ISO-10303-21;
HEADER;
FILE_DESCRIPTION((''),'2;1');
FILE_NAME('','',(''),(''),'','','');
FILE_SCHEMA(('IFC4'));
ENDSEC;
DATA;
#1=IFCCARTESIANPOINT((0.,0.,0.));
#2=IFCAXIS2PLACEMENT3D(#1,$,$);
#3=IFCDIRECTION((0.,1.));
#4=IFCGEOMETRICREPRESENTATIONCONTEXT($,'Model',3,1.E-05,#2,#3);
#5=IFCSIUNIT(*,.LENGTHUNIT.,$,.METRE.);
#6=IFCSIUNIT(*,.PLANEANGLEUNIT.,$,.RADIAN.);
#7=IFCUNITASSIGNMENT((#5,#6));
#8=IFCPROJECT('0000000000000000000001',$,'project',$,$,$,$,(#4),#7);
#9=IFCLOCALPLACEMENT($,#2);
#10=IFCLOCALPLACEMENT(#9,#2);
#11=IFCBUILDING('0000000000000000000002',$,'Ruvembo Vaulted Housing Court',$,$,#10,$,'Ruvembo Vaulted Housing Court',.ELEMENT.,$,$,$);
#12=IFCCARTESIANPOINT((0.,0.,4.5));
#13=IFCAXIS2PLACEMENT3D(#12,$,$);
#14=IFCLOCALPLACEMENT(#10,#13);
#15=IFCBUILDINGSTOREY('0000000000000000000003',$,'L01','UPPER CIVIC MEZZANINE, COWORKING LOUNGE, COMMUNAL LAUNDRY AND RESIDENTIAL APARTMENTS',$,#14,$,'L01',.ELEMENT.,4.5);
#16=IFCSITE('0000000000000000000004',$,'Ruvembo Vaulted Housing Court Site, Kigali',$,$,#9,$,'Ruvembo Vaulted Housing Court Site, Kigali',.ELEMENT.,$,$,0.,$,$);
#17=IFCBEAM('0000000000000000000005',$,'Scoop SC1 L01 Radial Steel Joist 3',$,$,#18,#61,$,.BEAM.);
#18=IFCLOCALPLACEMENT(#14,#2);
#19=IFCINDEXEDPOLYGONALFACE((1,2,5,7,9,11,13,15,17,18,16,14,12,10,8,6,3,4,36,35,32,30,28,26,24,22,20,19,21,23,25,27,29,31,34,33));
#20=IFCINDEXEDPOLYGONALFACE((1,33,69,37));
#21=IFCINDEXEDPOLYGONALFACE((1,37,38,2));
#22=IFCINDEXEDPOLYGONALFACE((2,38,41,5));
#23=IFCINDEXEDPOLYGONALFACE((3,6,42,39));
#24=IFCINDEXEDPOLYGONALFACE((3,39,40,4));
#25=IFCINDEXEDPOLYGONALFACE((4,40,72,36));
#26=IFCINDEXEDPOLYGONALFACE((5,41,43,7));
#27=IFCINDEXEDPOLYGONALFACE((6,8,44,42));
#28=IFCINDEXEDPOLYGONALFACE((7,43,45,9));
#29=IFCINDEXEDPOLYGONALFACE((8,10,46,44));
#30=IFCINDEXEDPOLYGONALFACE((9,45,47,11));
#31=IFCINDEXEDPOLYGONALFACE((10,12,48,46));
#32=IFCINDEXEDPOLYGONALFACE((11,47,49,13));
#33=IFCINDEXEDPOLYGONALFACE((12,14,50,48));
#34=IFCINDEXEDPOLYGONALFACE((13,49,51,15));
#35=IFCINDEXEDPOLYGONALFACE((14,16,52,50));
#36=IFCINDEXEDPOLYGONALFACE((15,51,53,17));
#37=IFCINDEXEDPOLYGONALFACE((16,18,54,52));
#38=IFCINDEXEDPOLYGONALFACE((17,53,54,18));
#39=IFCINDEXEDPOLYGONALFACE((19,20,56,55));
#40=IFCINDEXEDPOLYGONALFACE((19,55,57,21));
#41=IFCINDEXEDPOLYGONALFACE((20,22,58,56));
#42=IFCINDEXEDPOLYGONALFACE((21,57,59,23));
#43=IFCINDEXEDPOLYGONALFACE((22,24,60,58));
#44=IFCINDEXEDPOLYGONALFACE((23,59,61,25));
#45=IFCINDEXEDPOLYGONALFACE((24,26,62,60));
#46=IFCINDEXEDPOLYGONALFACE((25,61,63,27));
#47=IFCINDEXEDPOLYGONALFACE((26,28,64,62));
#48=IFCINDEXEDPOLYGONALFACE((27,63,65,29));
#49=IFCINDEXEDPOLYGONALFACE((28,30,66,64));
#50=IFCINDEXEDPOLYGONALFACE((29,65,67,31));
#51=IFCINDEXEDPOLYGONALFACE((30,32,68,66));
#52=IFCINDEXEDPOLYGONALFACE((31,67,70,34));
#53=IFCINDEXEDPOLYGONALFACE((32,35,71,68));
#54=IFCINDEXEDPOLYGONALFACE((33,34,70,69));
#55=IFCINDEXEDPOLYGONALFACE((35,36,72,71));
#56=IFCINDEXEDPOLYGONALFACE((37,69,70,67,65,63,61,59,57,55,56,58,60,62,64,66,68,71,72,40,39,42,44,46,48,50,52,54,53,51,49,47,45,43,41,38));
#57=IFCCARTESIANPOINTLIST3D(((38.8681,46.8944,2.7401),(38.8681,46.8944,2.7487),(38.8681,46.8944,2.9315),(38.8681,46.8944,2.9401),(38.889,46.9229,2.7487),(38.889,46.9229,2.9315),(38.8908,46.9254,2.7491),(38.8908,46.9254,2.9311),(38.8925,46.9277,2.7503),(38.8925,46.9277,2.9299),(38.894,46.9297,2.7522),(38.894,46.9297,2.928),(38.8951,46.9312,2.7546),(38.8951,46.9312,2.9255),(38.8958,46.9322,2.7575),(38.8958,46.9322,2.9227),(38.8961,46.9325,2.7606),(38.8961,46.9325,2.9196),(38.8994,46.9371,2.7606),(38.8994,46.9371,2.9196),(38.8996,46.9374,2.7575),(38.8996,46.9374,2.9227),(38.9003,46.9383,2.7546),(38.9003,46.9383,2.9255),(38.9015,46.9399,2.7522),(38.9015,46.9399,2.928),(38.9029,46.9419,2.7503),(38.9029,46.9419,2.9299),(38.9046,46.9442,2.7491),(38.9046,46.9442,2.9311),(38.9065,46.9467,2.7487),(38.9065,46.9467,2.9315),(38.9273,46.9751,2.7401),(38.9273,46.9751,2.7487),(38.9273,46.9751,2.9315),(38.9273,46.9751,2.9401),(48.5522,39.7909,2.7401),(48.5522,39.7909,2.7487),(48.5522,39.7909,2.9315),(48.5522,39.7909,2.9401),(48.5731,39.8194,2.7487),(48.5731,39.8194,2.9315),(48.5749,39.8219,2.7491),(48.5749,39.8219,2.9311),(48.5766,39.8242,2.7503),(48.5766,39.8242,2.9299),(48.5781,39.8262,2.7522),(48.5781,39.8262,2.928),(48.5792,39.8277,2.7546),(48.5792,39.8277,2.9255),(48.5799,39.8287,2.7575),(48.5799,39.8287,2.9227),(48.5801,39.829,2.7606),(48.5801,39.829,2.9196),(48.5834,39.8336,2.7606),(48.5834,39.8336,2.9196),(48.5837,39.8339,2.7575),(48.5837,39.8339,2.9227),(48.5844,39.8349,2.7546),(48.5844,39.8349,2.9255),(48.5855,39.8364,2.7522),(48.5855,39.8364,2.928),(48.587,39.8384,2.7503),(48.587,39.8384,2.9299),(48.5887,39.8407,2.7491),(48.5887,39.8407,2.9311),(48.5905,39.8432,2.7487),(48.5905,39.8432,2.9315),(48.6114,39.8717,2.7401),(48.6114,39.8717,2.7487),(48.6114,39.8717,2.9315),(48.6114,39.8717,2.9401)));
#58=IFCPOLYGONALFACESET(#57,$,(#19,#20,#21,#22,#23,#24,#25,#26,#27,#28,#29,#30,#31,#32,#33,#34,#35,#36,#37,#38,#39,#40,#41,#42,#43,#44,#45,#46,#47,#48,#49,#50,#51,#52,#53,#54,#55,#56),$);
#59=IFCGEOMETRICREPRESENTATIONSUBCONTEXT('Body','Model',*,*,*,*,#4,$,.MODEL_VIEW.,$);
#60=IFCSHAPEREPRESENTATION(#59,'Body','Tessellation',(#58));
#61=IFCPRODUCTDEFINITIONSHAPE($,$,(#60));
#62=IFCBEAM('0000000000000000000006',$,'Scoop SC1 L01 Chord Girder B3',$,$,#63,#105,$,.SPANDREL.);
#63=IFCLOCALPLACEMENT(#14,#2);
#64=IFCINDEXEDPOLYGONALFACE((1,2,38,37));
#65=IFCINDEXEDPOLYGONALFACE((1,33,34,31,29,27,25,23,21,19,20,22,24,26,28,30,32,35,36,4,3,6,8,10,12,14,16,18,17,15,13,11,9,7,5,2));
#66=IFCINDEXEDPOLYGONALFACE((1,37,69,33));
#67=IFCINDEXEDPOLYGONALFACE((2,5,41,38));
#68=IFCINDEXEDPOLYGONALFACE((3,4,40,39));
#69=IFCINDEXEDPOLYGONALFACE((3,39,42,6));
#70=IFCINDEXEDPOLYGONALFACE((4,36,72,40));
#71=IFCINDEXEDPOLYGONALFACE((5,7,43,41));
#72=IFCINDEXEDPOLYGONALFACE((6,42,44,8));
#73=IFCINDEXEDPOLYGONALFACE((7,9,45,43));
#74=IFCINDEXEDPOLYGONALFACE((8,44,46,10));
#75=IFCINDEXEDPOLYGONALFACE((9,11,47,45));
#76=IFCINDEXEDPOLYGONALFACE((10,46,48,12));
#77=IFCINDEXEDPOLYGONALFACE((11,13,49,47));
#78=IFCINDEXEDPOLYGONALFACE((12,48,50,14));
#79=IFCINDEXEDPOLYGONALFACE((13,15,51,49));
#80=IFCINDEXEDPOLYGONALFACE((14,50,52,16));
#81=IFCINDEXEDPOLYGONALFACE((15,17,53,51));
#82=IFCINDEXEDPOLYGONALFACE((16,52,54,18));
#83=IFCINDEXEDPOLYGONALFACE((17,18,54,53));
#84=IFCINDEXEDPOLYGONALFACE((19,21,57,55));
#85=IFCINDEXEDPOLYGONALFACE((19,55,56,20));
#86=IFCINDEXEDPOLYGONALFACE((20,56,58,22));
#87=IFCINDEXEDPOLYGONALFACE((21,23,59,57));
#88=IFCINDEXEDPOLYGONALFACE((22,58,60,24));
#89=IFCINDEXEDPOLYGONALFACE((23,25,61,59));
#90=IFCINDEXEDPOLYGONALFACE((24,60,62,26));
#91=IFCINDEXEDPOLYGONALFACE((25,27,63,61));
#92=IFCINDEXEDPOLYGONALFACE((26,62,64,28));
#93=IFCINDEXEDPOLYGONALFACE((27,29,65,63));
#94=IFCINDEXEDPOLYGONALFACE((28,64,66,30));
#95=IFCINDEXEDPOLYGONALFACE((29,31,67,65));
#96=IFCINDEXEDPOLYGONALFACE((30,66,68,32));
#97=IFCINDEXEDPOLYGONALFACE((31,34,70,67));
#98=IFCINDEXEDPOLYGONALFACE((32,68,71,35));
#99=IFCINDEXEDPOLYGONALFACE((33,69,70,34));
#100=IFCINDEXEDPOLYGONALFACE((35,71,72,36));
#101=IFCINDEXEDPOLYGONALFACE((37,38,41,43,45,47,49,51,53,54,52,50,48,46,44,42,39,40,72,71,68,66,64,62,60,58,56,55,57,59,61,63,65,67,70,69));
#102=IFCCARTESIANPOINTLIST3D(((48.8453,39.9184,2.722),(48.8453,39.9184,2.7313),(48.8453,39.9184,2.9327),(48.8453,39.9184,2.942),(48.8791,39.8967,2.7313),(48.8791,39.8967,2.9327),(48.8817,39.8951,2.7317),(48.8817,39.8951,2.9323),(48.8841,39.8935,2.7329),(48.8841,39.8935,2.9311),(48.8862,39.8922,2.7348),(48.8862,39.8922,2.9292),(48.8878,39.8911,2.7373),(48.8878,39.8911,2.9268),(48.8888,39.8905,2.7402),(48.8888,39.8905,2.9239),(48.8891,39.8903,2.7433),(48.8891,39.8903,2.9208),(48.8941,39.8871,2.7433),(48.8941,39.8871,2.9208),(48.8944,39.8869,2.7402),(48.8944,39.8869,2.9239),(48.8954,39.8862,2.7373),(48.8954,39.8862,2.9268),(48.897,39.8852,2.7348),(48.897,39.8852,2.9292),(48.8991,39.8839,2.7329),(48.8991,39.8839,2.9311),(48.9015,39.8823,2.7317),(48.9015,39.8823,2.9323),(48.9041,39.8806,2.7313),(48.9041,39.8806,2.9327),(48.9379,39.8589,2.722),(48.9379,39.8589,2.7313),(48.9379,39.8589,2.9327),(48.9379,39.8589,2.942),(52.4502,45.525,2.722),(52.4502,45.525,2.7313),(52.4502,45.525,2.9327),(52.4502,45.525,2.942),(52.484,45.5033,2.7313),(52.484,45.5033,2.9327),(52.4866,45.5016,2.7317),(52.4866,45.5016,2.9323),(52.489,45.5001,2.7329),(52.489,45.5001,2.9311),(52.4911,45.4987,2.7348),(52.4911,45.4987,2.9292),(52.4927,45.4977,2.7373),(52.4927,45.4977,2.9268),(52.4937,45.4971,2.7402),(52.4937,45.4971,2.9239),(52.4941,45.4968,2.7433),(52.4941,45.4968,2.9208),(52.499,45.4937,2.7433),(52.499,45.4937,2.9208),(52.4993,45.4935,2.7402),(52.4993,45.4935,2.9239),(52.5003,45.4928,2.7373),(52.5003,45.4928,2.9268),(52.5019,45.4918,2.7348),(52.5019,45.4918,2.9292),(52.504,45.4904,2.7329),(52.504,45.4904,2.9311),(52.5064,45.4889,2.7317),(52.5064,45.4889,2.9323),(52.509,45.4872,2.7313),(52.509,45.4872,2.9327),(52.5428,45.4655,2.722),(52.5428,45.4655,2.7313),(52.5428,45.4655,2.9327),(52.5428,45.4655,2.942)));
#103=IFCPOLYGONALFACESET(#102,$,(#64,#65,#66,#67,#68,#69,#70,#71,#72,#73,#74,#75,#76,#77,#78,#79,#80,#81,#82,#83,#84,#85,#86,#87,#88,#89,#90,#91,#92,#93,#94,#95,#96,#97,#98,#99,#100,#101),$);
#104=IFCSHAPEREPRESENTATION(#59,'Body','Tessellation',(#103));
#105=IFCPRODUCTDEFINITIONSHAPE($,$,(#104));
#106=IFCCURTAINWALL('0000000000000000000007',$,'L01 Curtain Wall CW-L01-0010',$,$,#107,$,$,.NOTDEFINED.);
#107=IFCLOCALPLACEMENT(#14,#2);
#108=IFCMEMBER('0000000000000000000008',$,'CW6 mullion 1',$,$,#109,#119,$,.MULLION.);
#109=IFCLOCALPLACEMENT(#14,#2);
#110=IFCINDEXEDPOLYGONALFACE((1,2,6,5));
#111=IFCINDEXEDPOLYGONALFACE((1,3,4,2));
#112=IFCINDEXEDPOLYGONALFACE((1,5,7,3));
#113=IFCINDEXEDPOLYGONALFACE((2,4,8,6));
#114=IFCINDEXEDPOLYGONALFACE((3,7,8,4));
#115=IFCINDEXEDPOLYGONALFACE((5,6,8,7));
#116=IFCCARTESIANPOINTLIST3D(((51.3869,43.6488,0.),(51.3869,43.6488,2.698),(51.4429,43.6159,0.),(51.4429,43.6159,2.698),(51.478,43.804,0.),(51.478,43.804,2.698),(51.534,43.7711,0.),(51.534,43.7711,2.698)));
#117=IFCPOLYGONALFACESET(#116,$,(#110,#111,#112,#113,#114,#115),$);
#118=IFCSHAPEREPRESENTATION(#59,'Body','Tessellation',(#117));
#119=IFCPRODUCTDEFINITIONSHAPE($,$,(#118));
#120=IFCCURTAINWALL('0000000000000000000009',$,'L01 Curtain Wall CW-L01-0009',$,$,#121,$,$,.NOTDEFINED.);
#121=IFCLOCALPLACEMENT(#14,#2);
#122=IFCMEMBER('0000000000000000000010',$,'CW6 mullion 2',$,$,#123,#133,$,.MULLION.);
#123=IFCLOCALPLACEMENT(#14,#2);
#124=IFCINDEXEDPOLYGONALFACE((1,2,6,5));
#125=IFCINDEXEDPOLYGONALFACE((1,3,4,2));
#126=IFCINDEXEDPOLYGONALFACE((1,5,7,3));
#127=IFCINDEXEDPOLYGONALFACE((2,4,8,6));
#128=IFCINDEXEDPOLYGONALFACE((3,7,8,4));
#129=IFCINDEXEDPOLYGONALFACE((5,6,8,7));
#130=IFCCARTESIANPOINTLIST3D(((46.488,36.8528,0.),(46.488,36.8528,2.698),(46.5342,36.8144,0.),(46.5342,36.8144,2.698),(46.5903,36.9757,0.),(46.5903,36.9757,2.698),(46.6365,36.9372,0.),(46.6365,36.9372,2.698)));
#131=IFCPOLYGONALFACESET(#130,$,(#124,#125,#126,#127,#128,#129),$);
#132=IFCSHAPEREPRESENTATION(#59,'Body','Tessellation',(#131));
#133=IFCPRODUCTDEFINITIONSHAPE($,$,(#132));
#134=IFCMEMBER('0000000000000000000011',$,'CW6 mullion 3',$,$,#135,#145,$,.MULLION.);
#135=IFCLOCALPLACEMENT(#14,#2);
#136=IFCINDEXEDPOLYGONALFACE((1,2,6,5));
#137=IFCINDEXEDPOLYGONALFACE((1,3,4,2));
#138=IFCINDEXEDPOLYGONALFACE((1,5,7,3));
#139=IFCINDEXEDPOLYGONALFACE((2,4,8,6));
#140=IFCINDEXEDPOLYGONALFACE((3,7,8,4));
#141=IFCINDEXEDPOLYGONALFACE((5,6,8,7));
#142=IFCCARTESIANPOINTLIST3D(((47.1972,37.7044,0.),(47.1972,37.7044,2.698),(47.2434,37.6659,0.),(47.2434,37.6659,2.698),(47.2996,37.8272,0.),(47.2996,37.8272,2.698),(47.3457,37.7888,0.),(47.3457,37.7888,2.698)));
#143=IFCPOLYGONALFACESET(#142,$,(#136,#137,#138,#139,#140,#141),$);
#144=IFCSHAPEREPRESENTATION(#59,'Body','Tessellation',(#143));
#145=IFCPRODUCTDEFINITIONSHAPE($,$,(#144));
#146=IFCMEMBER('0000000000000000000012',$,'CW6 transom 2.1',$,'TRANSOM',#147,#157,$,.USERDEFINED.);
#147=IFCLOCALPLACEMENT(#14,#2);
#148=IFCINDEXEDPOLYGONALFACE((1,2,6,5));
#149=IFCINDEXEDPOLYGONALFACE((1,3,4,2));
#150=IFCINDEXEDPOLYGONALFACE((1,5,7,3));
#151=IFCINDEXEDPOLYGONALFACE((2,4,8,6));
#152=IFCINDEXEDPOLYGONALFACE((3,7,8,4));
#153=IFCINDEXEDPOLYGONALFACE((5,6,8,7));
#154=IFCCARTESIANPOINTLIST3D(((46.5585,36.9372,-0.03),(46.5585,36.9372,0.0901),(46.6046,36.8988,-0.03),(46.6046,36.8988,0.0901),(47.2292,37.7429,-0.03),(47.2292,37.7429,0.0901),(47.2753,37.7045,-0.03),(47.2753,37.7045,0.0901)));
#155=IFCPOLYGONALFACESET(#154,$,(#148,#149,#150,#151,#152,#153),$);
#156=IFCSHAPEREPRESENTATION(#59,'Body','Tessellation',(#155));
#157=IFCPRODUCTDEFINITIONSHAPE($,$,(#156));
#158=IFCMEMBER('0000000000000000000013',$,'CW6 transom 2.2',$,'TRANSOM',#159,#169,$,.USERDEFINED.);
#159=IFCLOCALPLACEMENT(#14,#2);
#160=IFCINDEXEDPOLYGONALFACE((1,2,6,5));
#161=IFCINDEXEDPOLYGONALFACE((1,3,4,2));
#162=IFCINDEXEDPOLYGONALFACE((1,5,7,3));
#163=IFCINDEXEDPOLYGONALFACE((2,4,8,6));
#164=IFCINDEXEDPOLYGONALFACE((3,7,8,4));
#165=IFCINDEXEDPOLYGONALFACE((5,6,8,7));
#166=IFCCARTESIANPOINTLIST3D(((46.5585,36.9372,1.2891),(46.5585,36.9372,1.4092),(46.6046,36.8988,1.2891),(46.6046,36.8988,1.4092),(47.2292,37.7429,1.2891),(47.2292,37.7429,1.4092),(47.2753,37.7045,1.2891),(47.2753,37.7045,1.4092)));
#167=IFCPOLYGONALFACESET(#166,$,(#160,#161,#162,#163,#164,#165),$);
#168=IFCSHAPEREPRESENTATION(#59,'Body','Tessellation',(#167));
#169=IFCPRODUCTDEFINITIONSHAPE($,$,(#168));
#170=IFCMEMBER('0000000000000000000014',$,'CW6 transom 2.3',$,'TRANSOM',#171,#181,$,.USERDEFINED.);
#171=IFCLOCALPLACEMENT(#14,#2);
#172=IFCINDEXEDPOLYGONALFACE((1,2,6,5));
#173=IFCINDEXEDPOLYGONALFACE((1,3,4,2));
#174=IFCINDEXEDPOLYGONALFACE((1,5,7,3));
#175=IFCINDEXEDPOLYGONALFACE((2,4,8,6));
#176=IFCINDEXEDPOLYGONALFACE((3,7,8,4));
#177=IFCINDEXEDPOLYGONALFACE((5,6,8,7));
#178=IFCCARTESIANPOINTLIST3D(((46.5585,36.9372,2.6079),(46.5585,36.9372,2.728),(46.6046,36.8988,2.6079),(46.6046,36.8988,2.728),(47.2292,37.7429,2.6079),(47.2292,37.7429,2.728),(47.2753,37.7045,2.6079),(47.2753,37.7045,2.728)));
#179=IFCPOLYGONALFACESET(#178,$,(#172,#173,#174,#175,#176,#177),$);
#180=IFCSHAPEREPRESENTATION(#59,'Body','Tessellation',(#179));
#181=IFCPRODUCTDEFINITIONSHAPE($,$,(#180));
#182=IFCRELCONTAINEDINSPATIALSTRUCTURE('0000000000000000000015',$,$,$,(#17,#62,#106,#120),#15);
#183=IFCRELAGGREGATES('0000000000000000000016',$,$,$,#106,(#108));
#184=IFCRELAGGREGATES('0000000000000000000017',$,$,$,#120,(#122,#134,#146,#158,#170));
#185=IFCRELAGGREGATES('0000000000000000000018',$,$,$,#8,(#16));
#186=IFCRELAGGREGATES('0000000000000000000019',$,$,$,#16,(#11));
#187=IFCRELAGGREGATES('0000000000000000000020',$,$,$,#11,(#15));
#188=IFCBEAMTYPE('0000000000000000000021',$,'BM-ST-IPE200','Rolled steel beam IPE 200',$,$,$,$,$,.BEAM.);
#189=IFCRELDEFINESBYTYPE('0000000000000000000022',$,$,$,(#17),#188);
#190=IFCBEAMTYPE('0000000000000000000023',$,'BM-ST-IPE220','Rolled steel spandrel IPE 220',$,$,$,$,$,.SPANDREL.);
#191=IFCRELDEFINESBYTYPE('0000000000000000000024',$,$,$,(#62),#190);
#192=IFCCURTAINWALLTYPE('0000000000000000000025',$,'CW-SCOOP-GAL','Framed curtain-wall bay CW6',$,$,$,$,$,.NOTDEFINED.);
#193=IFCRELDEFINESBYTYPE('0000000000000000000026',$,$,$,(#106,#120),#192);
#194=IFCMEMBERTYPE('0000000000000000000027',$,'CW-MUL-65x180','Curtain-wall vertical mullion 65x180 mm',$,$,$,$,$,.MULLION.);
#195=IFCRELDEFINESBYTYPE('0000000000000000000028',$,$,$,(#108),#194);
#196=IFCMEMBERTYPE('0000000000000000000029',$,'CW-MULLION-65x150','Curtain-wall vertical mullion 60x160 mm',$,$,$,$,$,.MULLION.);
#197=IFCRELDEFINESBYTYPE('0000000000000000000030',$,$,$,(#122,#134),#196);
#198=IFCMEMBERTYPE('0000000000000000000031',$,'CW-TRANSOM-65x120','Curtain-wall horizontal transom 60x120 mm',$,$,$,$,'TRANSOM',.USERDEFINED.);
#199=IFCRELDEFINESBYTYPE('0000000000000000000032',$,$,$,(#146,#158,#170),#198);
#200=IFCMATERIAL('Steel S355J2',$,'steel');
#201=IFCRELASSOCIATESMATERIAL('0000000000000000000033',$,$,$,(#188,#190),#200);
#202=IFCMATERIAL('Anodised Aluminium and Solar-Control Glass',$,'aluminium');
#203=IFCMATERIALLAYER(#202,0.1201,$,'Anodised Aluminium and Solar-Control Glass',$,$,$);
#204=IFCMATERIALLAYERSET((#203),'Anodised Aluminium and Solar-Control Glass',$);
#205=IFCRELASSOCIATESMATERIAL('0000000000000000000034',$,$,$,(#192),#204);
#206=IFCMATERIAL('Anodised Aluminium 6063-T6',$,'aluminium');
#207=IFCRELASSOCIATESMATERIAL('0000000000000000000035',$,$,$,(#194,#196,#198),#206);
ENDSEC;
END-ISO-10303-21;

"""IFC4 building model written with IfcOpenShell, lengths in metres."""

from ifc_helpers import new_model, si_unit, direction, frame, origin, origin_2d, place, context, subcontext, project, spatial, rectangle, i_section, extrude, material, layer, layer_set, material_profile, profile_set, type_object, element, aggregate, save


model = new_model("IFC4")

# Units and contexts
model_context = context("Model", 3, precision=1e-05, world=origin(), true_north=direction((0.0, 1.0)))
body_context = subcontext(model_context, "Body", "Model", "MODEL_VIEW")
ifc_project = project(units=[si_unit("LENGTHUNIT", "METRE"), si_unit("PLANEANGLEUNIT", "RADIAN")], contexts=[model_context])

# Site, building, storey
site_placement = place(None, origin())
site = spatial("IfcSite", under=ifc_project, at=site_placement, Name="Ruvembo Vaulted Housing Court Site, Kigali", LongName="Ruvembo Vaulted Housing Court Site, Kigali", CompositionType="ELEMENT", RefElevation=0.0)
building_placement = place(site_placement, origin())
building = spatial("IfcBuilding", under=site, at=building_placement, Name="Ruvembo Vaulted Housing Court", LongName="Ruvembo Vaulted Housing Court", CompositionType="ELEMENT")
storey_placement = place(building_placement, frame((0.0, 0.0, 4.5)))
storey = spatial("IfcBuildingStorey", under=building, at=storey_placement, Name="L01", Description="UPPER CIVIC MEZZANINE, COWORKING LOUNGE, COMMUNAL LAUNDRY AND RESIDENTIAL APARTMENTS", LongName="L01", CompositionType="ELEMENT", Elevation=4.5)

# Beams
ifc_material_1 = material(Name="Steel S355J2", Category="steel")
ifc_material_profile_1 = material_profile(ifc_material_1, i_section(OverallWidth=0.1001, OverallDepth=0.2, WebThickness=0.0056, FlangeThickness=0.0085, FilletRadius=0.012, at=origin_2d()), Name="IPE 200")
ifc_profile_set_1 = profile_set([ifc_material_profile_1], Name="Steel S355J2")
beam_type_1 = type_object("IfcBeamType", Name="BM-ST-IPE200", Description="Rolled steel beam IPE 200", PredefinedType="BEAM", material=ifc_profile_set_1)
beam_1_placement = place(storey_placement, frame((48.5818, 39.8313, 2.8401), z_axis=(-0.806331, 0.591464, 0.0), x_axis=(-0.591464, -0.806331, 0.0)))
element("IfcBeam", 1, at=beam_1_placement, inside=storey, type_object=beam_type_1, Name="Scoop SC1 L01 Radial Steel Joist 3", PredefinedType="BEAM", context=body_context, shape_type="SweptSolid", body=[
    extrude(i_section(OverallWidth=0.1001, OverallDepth=0.2, WebThickness=0.0056, FlangeThickness=0.0085, FilletRadius=0.012, at=origin_2d()), origin(), (0.0, 0.0, 1.0), 12.01),
])
ifc_material_profile_2 = material_profile(ifc_material_1, i_section(OverallWidth=0.1101, OverallDepth=0.22, WebThickness=0.0059, FlangeThickness=0.0093, FilletRadius=0.012, at=origin_2d()), Name="IPE 220")
ifc_profile_set_2 = profile_set([ifc_material_profile_2], Name="Steel S355J2")
beam_type_2 = type_object("IfcBeamType", Name="BM-ST-IPE220", Description="Rolled steel spandrel IPE 220", PredefinedType="SPANDREL", material=ifc_profile_set_2)
beam_2_placement = place(storey_placement, frame((48.8916, 39.8887, 2.832), z_axis=(0.54083, 0.841132, 0.0), x_axis=(-0.841132, 0.54083, 0.0)))
element("IfcBeam", 2, at=beam_2_placement, inside=storey, type_object=beam_type_2, Name="Scoop SC1 L01 Chord Girder B3", PredefinedType="SPANDREL", context=body_context, shape_type="SweptSolid", body=[
    extrude(i_section(OverallWidth=0.1101, OverallDepth=0.22, WebThickness=0.0059, FlangeThickness=0.0093, FilletRadius=0.012, at=origin_2d()), origin(), (0.0, 0.0, 1.0), 6.6655),
])

# Curtain wall, member
ifc_material_2 = material(Name="Anodised Aluminium and Solar-Control Glass", Category="aluminium")
ifc_layer_1 = layer(ifc_material_2, 0.1201, Name="Anodised Aluminium and Solar-Control Glass")
ifc_layer_set_1 = layer_set([ifc_layer_1], Name="Anodised Aluminium and Solar-Control Glass")
curtain_wall_type = type_object("IfcCurtainWallType", Name="CW-SCOOP-GAL", Description="Framed curtain-wall bay CW6", PredefinedType="NOTDEFINED", material=ifc_layer_set_1)
curtain_wall_1_placement = place(storey_placement, origin())
curtain_wall_1 = element("IfcCurtainWall", 3, at=curtain_wall_1_placement, inside=storey, type_object=curtain_wall_type, Name="L01 Curtain Wall CW-L01-0010", PredefinedType="NOTDEFINED")
ifc_material_3 = material(Name="Anodised Aluminium 6063-T6", Category="aluminium")
ifc_material_profile_3 = material_profile(ifc_material_3, rectangle(XDim=0.0649, YDim=0.1799, at=origin_2d()), Name="ALU 65x180")
ifc_profile_set_3 = profile_set([ifc_material_profile_3], Name="Anodised Aluminium 6063-T6")
member_type_1 = type_object("IfcMemberType", Name="CW-MUL-65x180", Description="Curtain-wall vertical mullion 65x180 mm", PredefinedType="MULLION", material=ifc_profile_set_3)
member_1_placement = place(storey_placement, frame((51.4604, 43.71, 0.0), z_axis=(0.0, 0.0, 1.0), x_axis=(-0.862606, 0.505877, 0.0)))
member_1 = element("IfcMember", 4, at=member_1_placement, type_object=member_type_1, Name="CW6 mullion 1", PredefinedType="MULLION", context=body_context, shape_type="SweptSolid", body=[
    extrude(rectangle(XDim=0.0649, YDim=0.1799, at=origin_2d()), origin(), (0.0, 0.0, 1.0), 2.698),
])

# Curtain wall, members
curtain_wall_2_placement = place(storey_placement, origin())
curtain_wall_2 = element("IfcCurtainWall", 5, at=curtain_wall_2_placement, inside=storey, type_object=curtain_wall_type, Name="L01 Curtain Wall CW-L01-0009", PredefinedType="NOTDEFINED")
ifc_material_profile_4 = material_profile(ifc_material_3, rectangle(XDim=0.0601, YDim=0.1599, at=origin_2d()), Name="ALU 60x160")
ifc_profile_set_4 = profile_set([ifc_material_profile_4], Name="Anodised Aluminium 6063-T6")
member_type_2 = type_object("IfcMemberType", Name="CW-MULLION-65x150", Description="Curtain-wall vertical mullion 60x160 mm", PredefinedType="MULLION", material=ifc_profile_set_4)
member_2_placement = place(storey_placement, frame((46.5623, 36.895, 0.0), z_axis=(0.0, 0.0, 1.0), x_axis=(-0.768484, 0.639869, 0.0)))
member_2 = element("IfcMember", 6, at=member_2_placement, type_object=member_type_2, Name="CW6 mullion 2", PredefinedType="MULLION", context=body_context, shape_type="SweptSolid", body=[
    extrude(rectangle(XDim=0.0601, YDim=0.1599, at=origin_2d()), origin(), (0.0, 0.0, 1.0), 2.698),
])
member_3_placement = place(storey_placement, frame((47.2715, 37.7466, 0.0), z_axis=(0.0, 0.0, 1.0), x_axis=(-0.768484, 0.639869, 0.0)))
member_3 = element("IfcMember", 7, at=member_3_placement, type_object=member_type_2, Name="CW6 mullion 3", PredefinedType="MULLION", context=body_context, shape_type="SweptSolid", body=[
    extrude(rectangle(XDim=0.0601, YDim=0.1599, at=origin_2d()), origin(), (0.0, 0.0, 1.0), 2.698),
])
ifc_material_profile_5 = material_profile(ifc_material_3, rectangle(XDim=0.0601, YDim=0.1201, at=origin_2d()), Name="ALU 60x120")
ifc_profile_set_5 = profile_set([ifc_material_profile_5], Name="Anodised Aluminium 6063-T6")
member_type_3 = type_object("IfcMemberType", Name="CW-TRANSOM-65x120", Description="Curtain-wall horizontal transom 60x120 mm", ElementType="TRANSOM", PredefinedType="USERDEFINED", material=ifc_profile_set_5)
member_4_placement = place(storey_placement, frame((46.5815, 36.918, 0.03), z_axis=(0.639772, 0.768565, 0.0), x_axis=(-0.768565, 0.639772, 0.0)))
member_4 = element("IfcMember", 8, at=member_4_placement, type_object=member_type_3, Name="CW6 transom 2.1", ObjectType="TRANSOM", PredefinedType="USERDEFINED", context=body_context, shape_type="SweptSolid", body=[
    extrude(rectangle(XDim=0.0601, YDim=0.1201, at=origin_2d()), origin(), (0.0, 0.0, 1.0), 1.0483),
])
member_5_placement = place(storey_placement, frame((46.5815, 36.918, 1.3491), z_axis=(0.639772, 0.768565, 0.0), x_axis=(-0.768565, 0.639772, 0.0)))
member_5 = element("IfcMember", 9, at=member_5_placement, type_object=member_type_3, Name="CW6 transom 2.2", ObjectType="TRANSOM", PredefinedType="USERDEFINED", context=body_context, shape_type="SweptSolid", body=[
    extrude(rectangle(XDim=0.0601, YDim=0.1201, at=origin_2d()), origin(), (0.0, 0.0, 1.0), 1.0483),
])
member_6_placement = place(storey_placement, frame((46.5815, 36.918, 2.668), z_axis=(0.639772, 0.768565, 0.0), x_axis=(-0.768565, 0.639772, 0.0)))
member_6 = element("IfcMember", 10, at=member_6_placement, type_object=member_type_3, Name="CW6 transom 2.3", ObjectType="TRANSOM", PredefinedType="USERDEFINED", context=body_context, shape_type="SweptSolid", body=[
    extrude(rectangle(XDim=0.0601, YDim=0.1201, at=origin_2d()), origin(), (0.0, 0.0, 1.0), 1.0483),
])

aggregate(curtain_wall_1, [member_1])

aggregate(curtain_wall_2, [member_2, member_3, member_4, member_5, member_6])

save(model, "model.ifc")
